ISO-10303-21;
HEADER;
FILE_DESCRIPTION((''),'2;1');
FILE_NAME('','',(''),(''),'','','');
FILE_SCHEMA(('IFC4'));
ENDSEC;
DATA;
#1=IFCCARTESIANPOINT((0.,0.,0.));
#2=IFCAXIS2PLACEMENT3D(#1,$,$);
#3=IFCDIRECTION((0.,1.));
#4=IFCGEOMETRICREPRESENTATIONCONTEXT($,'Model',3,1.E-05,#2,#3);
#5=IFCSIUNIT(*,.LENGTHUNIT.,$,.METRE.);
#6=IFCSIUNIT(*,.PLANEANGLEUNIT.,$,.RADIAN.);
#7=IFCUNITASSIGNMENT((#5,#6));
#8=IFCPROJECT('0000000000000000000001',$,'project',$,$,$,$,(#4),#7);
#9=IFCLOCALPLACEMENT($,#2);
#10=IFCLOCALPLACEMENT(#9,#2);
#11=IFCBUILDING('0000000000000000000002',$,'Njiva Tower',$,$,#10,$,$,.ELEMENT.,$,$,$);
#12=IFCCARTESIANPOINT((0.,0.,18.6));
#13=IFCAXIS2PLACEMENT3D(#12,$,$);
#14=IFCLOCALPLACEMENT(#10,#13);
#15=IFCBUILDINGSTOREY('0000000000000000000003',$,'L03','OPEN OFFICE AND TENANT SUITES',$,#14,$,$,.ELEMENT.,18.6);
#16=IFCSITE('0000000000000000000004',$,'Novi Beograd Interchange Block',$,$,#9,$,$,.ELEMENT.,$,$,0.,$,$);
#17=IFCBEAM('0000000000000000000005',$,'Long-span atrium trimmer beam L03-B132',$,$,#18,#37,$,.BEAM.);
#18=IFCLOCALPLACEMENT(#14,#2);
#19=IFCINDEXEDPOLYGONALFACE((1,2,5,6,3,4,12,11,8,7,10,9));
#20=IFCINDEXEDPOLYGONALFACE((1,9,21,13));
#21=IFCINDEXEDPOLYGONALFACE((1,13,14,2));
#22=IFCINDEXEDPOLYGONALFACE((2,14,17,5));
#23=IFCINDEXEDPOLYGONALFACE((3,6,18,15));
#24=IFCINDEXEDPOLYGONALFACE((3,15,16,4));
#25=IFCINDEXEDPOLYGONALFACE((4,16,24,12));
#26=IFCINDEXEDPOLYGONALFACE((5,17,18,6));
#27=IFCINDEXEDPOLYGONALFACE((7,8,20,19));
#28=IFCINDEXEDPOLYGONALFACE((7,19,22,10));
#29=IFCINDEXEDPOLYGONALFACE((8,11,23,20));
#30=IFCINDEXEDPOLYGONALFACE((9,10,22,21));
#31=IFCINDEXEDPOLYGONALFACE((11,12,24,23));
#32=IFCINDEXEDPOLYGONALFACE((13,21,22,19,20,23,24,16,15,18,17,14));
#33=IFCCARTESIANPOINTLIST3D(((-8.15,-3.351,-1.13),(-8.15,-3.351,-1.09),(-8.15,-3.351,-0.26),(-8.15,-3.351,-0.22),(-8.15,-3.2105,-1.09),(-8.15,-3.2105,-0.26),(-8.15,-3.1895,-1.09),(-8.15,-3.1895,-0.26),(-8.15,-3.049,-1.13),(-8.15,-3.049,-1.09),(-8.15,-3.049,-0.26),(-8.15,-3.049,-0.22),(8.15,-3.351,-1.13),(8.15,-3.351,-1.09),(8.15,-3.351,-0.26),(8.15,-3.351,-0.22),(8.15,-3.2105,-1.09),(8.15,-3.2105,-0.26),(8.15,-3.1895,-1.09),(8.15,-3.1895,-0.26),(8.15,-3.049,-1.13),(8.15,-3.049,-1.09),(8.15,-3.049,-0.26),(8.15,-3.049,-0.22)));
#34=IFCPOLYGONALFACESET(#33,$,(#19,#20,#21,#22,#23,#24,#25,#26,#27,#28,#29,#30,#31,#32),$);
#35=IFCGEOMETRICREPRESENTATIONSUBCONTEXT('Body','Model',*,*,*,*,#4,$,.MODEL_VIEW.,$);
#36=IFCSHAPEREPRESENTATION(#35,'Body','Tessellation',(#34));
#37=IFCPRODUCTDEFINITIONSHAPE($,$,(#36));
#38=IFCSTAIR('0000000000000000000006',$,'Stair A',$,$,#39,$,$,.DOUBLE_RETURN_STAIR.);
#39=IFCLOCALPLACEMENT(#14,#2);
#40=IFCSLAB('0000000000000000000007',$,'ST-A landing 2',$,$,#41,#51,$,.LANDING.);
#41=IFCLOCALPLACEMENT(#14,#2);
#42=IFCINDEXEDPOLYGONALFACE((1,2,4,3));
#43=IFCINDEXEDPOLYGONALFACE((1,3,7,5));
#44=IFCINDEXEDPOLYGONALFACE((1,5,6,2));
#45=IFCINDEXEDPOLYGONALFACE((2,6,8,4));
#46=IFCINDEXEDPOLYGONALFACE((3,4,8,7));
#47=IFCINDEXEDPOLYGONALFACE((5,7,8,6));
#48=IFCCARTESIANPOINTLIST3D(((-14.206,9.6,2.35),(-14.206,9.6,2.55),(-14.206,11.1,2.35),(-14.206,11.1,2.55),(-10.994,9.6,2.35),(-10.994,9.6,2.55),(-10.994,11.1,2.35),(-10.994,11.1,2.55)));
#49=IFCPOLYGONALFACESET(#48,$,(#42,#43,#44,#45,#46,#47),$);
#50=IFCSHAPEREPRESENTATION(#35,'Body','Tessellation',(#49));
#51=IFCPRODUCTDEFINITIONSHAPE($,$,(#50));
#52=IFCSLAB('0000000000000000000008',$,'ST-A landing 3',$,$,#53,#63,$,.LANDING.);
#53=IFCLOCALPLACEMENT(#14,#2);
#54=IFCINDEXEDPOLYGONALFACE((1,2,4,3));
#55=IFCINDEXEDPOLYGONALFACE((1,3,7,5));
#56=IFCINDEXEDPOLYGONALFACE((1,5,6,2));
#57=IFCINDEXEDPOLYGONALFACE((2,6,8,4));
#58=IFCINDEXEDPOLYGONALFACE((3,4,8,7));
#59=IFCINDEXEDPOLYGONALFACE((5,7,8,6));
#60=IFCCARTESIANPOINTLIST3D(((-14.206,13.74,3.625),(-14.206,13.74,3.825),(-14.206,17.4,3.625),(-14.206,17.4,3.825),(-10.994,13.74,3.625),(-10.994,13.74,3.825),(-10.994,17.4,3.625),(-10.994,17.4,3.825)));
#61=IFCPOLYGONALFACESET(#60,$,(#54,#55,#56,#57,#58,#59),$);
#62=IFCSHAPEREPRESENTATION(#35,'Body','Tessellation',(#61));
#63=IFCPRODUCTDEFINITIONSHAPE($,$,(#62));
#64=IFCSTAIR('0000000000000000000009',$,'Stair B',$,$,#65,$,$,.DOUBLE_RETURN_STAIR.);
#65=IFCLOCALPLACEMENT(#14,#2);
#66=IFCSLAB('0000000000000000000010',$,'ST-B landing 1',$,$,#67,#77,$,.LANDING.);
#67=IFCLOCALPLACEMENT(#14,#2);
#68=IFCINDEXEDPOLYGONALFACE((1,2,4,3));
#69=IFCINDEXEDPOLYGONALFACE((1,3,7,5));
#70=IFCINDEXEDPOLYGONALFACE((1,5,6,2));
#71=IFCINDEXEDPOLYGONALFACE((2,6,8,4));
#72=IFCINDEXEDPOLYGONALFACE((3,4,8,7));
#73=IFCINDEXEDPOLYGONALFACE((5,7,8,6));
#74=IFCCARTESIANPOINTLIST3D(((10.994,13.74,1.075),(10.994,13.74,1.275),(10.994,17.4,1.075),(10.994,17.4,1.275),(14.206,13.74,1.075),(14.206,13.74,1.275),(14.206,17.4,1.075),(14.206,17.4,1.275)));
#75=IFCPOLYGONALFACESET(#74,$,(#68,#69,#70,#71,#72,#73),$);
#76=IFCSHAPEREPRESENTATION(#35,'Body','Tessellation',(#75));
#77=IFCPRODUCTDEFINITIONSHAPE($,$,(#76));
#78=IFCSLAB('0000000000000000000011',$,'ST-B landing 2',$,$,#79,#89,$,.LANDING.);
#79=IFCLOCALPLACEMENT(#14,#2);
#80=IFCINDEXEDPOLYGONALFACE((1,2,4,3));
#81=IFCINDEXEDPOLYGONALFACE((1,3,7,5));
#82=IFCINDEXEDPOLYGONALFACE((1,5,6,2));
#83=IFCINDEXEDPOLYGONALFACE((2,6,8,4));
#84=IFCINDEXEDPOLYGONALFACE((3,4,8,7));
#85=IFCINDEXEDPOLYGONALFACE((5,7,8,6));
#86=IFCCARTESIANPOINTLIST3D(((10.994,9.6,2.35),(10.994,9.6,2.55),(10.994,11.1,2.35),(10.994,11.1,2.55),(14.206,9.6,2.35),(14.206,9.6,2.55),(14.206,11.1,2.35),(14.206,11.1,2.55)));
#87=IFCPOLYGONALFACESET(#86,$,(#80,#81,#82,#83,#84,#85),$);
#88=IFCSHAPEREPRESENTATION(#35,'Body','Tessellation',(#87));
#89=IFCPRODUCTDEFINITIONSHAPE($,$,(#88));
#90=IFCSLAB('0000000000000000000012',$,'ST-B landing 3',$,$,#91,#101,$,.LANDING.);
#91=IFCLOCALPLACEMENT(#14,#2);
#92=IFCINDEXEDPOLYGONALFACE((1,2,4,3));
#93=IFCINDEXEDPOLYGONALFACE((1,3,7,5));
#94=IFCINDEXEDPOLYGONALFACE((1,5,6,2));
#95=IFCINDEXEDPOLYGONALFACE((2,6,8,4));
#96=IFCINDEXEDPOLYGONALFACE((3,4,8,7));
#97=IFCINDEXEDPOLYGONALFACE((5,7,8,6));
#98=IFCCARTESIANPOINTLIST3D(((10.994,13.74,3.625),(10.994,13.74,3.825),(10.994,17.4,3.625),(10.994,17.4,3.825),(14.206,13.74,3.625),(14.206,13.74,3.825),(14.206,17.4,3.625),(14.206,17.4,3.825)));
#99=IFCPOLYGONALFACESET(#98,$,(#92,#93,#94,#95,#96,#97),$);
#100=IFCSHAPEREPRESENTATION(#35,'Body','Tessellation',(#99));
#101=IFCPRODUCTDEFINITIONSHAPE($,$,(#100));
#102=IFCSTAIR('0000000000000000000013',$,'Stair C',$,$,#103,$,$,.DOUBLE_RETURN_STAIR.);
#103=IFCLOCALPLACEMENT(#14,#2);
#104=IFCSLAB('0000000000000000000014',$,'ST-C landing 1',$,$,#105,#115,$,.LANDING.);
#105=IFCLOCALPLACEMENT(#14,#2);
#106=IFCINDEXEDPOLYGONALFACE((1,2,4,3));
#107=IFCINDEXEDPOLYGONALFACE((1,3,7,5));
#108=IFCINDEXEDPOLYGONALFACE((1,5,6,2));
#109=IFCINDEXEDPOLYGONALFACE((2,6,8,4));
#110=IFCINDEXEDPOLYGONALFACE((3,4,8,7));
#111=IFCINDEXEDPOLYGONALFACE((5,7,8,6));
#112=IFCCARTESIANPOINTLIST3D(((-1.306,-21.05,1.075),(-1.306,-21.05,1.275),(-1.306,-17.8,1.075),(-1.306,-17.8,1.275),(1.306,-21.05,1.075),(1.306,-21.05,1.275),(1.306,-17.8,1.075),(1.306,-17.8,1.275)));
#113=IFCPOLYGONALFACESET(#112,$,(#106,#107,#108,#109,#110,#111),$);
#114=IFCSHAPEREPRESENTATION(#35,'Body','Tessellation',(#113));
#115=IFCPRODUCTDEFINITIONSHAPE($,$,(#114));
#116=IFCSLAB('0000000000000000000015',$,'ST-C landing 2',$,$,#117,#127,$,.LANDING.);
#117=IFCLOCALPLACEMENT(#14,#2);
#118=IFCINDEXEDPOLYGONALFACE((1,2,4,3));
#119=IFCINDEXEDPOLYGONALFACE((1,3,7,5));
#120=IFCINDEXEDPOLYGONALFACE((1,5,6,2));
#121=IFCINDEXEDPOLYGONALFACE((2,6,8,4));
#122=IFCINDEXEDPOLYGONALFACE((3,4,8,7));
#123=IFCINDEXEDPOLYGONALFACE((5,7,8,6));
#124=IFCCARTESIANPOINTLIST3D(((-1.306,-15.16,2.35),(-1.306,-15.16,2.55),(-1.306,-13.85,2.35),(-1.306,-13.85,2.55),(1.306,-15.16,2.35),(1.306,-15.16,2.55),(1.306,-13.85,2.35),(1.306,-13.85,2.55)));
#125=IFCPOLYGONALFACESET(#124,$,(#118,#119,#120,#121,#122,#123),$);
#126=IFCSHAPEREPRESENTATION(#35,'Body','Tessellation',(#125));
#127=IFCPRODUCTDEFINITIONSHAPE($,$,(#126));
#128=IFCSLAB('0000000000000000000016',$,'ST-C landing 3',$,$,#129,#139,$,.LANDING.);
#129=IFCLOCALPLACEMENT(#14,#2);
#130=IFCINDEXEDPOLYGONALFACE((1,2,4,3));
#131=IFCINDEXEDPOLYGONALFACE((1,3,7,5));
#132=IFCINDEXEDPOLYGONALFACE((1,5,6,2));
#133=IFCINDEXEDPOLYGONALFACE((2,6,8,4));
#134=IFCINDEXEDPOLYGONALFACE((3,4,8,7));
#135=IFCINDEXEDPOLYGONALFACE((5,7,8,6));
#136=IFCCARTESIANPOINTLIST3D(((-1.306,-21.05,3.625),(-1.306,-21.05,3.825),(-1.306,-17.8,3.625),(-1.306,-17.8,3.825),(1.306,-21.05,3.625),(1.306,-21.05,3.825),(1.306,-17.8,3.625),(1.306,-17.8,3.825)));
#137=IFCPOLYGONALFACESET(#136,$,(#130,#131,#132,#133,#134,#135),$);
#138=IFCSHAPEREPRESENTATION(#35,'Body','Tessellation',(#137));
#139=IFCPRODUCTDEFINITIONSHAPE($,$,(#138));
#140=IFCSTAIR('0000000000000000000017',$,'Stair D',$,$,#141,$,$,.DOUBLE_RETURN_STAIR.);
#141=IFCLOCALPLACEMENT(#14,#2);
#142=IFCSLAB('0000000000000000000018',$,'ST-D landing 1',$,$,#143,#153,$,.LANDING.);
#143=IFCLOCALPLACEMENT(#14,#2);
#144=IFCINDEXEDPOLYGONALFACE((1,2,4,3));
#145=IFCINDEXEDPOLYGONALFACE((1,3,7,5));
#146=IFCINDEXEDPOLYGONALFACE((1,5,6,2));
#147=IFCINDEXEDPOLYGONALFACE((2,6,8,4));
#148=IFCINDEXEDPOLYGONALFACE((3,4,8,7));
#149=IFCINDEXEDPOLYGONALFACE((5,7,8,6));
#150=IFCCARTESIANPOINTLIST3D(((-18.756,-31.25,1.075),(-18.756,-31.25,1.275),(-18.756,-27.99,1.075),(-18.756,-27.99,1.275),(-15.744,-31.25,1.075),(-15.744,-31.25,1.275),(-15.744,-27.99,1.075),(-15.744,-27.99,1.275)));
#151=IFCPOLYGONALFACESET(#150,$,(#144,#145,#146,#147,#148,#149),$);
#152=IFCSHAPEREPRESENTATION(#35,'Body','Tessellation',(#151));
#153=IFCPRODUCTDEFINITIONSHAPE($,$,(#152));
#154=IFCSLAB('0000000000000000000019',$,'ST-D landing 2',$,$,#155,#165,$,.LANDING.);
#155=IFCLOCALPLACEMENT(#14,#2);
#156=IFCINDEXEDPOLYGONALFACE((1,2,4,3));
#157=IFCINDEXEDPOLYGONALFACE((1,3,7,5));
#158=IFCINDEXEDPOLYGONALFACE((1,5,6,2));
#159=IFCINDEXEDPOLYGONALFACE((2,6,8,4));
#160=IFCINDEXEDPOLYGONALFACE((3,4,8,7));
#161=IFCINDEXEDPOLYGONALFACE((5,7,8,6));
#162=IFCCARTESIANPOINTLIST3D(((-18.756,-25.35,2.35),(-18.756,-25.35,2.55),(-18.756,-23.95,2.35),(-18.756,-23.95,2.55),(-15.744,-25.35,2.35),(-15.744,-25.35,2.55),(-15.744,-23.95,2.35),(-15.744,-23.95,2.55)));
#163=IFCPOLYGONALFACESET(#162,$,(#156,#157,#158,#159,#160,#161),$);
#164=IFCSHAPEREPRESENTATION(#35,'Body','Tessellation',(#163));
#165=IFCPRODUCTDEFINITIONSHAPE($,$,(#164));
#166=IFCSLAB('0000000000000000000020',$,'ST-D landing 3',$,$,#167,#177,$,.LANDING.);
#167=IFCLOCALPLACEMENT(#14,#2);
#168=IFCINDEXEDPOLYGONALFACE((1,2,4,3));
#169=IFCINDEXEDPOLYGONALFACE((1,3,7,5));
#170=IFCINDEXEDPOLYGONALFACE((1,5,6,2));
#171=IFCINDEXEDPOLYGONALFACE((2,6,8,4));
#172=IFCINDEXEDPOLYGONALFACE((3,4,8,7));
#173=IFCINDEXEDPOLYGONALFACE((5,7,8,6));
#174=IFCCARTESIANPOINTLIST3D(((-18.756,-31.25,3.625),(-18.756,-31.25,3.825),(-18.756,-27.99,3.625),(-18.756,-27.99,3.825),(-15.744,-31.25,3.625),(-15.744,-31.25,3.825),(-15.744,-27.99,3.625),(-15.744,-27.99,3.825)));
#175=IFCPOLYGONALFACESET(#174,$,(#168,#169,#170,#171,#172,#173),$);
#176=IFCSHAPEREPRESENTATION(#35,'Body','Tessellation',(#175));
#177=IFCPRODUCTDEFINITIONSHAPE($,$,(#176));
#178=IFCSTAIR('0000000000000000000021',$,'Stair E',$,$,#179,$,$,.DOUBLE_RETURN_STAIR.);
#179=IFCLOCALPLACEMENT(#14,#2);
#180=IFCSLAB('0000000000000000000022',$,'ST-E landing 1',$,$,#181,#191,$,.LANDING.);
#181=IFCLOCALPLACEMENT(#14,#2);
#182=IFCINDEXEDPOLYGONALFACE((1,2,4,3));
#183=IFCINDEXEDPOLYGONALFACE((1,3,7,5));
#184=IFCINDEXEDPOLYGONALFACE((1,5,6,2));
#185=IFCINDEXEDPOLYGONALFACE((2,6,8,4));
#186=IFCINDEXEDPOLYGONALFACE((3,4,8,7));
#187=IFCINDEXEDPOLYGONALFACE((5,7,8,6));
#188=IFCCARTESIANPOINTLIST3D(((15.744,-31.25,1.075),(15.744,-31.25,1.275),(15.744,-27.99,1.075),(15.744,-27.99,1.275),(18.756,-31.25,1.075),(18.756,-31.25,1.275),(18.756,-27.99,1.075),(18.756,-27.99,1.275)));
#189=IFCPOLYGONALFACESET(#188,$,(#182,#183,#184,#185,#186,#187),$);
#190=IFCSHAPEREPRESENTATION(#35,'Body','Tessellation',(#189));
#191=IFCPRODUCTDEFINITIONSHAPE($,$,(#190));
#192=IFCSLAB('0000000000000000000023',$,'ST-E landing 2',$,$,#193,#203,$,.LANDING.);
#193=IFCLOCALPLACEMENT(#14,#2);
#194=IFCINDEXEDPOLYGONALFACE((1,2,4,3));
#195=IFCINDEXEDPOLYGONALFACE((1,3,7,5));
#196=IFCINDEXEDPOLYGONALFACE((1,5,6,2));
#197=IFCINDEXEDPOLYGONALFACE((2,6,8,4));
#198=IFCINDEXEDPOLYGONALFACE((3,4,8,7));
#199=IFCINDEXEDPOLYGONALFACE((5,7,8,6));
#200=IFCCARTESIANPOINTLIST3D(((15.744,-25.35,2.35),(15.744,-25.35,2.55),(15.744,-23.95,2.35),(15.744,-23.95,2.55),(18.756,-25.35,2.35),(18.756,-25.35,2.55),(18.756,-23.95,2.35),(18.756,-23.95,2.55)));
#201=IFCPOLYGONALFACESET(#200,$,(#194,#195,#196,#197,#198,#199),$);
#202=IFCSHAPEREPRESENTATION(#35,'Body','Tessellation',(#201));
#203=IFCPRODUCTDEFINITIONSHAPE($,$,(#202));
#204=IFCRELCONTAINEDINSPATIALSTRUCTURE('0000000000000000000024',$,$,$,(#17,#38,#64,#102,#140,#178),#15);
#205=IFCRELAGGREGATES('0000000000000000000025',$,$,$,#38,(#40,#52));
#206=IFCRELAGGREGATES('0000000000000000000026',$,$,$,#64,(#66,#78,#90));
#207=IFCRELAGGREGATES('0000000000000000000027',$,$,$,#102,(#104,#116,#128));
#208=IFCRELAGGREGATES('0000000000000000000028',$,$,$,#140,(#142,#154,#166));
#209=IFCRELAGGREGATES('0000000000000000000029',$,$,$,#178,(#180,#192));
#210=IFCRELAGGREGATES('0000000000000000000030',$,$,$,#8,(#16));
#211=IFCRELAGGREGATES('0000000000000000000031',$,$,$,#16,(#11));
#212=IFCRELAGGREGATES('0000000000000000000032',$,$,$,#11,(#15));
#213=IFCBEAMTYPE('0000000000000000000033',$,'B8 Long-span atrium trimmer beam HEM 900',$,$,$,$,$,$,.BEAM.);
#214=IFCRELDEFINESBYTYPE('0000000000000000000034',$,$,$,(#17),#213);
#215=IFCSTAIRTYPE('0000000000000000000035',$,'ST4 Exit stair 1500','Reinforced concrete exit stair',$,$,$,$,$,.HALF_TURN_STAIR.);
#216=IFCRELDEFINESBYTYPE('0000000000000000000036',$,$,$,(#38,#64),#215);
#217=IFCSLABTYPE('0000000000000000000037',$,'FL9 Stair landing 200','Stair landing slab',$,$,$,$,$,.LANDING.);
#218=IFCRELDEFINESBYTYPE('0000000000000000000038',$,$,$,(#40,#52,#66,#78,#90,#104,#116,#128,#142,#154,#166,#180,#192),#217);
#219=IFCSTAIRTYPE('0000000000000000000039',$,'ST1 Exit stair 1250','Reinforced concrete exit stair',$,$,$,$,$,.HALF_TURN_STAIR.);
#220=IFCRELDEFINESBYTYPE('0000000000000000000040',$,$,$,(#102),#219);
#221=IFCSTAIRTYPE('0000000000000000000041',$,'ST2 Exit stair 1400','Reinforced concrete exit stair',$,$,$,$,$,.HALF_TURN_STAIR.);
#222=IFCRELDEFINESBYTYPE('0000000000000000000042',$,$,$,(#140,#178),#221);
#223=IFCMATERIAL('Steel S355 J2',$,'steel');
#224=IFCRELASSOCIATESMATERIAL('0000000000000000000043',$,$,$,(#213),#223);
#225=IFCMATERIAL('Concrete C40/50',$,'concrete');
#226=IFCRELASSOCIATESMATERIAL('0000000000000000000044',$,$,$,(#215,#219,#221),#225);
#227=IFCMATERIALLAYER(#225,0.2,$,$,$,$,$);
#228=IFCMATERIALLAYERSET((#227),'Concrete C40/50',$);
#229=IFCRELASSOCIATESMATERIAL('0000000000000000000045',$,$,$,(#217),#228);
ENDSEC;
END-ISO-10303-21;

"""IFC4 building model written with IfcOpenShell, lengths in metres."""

from ifc_helpers import new_model, si_unit, direction, frame, origin, origin_2d, place, context, subcontext, project, spatial, polyline, i_section, outline, extrude, material, layer, layer_set, material_profile, profile_set, type_object, element, aggregate, save


model = new_model("IFC4")

# Units and contexts
model_context = context("Model", 3, precision=1e-05, world=origin(), true_north=direction((0.0, 1.0)))
body_context = subcontext(model_context, "Body", "Model", "MODEL_VIEW")
ifc_project = project(units=[si_unit("LENGTHUNIT", "METRE"), si_unit("PLANEANGLEUNIT", "RADIAN")], contexts=[model_context])

# Site, building, storey
site_placement = place(None, origin())
site = spatial("IfcSite", under=ifc_project, at=site_placement, Name="Novi Beograd Interchange Block", CompositionType="ELEMENT", RefElevation=0.0)
building_placement = place(site_placement, origin())
building = spatial("IfcBuilding", under=site, at=building_placement, Name="Njiva Tower", CompositionType="ELEMENT")
storey_placement = place(building_placement, frame((0.0, 0.0, 18.6)))
storey = spatial("IfcBuildingStorey", under=building, at=storey_placement, Name="L03", Description="OPEN OFFICE AND TENANT SUITES", CompositionType="ELEMENT", Elevation=18.6)

# Shared definitions
ifc_material_1 = material(Name="Steel S355 J2", Category="steel")

# Beam
ifc_material_profile_1 = material_profile(ifc_material_1, i_section(OverallWidth=0.302, OverallDepth=0.91, WebThickness=0.021, FlangeThickness=0.04, at=origin_2d()), Name="HEM 900")
ifc_profile_set_1 = profile_set([ifc_material_profile_1], Name="Steel S355 J2")
beam_type_1 = type_object("IfcBeamType", Name="B8 Long-span atrium trimmer beam HEM 900", PredefinedType="BEAM", material=ifc_profile_set_1)
beam_1_placement = place(storey_placement, frame((8.15, -3.2, -0.675), z_axis=(-1.0, 0.0, 0.0), x_axis=(0.0, -1.0, 0.0)))
element("IfcBeam", 1, at=beam_1_placement, inside=storey, type_object=beam_type_1, Name="Long-span atrium trimmer beam L03-B132", PredefinedType="BEAM", context=body_context, shape_type="SweptSolid", body=[
    extrude(i_section(OverallWidth=0.302, OverallDepth=0.91, WebThickness=0.021, FlangeThickness=0.04, at=origin_2d()), origin(), (0.0, 0.0, 1.0), 16.3),
])

# Stairs, slabs
ifc_material_2 = material(Name="Concrete C40/50", Category="concrete")
stair_type_1 = type_object("IfcStairType", Name="ST4 Exit stair 1500", Description="Reinforced concrete exit stair", PredefinedType="HALF_TURN_STAIR", material=ifc_material_2)
stair_1_placement = place(storey_placement, origin())
stair_1 = element("IfcStair", 2, at=stair_1_placement, inside=storey, type_object=stair_type_1, Name="Stair A", PredefinedType="DOUBLE_RETURN_STAIR")
ifc_layer_1 = layer(ifc_material_2, 0.2)
ifc_layer_set_1 = layer_set([ifc_layer_1], Name="Concrete C40/50")
slab_type = type_object("IfcSlabType", Name="FL9 Stair landing 200", Description="Stair landing slab", PredefinedType="LANDING", material=ifc_layer_set_1)
slab_1_placement = place(storey_placement, frame((0.0, 0.0, 2.35)))
slab_1 = element("IfcSlab", 3, at=slab_1_placement, type_object=slab_type, Name="ST-A landing 2", PredefinedType="LANDING", context=body_context, shape_type="SweptSolid", body=[
    extrude(outline(polyline([(-14.206, 9.6), (-10.994, 9.6), (-10.994, 11.1), (-14.206, 11.1), (-14.206, 9.6)])), origin(), (0.0, 0.0, 1.0), 0.2),
])
slab_2_placement = place(storey_placement, frame((0.0, 0.0, 3.625)))
slab_2 = element("IfcSlab", 4, at=slab_2_placement, type_object=slab_type, Name="ST-A landing 3", PredefinedType="LANDING", context=body_context, shape_type="SweptSolid", body=[
    extrude(outline(polyline([(-14.206, 13.74), (-10.994, 13.74), (-10.994, 17.4), (-14.206, 17.4), (-14.206, 13.74)])), origin(), (0.0, 0.0, 1.0), 0.2),
])
aggregate(stair_1, [slab_1, slab_2])
stair_2_placement = place(storey_placement, origin())
stair_2 = element("IfcStair", 5, at=stair_2_placement, inside=storey, type_object=stair_type_1, Name="Stair B", PredefinedType="DOUBLE_RETURN_STAIR")
slab_3_placement = place(storey_placement, frame((0.0, 0.0, 1.075)))
slab_3 = element("IfcSlab", 6, at=slab_3_placement, type_object=slab_type, Name="ST-B landing 1", PredefinedType="LANDING", context=body_context, shape_type="SweptSolid", body=[
    extrude(outline(polyline([(10.994, 13.74), (14.206, 13.74), (14.206, 17.4), (10.994, 17.4), (10.994, 13.74)])), origin(), (0.0, 0.0, 1.0), 0.2),
])
slab_4_placement = place(storey_placement, frame((0.0, 0.0, 2.35)))
slab_4 = element("IfcSlab", 7, at=slab_4_placement, type_object=slab_type, Name="ST-B landing 2", PredefinedType="LANDING", context=body_context, shape_type="SweptSolid", body=[
    extrude(outline(polyline([(10.994, 9.6), (14.206, 9.6), (14.206, 11.1), (10.994, 11.1), (10.994, 9.6)])), origin(), (0.0, 0.0, 1.0), 0.2),
])
slab_5_placement = place(storey_placement, frame((0.0, 0.0, 3.625)))
slab_5 = element("IfcSlab", 8, at=slab_5_placement, type_object=slab_type, Name="ST-B landing 3", PredefinedType="LANDING", context=body_context, shape_type="SweptSolid", body=[
    extrude(outline(polyline([(10.994, 13.74), (14.206, 13.74), (14.206, 17.4), (10.994, 17.4), (10.994, 13.74)])), origin(), (0.0, 0.0, 1.0), 0.2),
])
aggregate(stair_2, [slab_3, slab_4, slab_5])
stair_type_2 = type_object("IfcStairType", Name="ST1 Exit stair 1250", Description="Reinforced concrete exit stair", PredefinedType="HALF_TURN_STAIR", material=ifc_material_2)
stair_3_placement = place(storey_placement, origin())
stair_3 = element("IfcStair", 9, at=stair_3_placement, inside=storey, type_object=stair_type_2, Name="Stair C", PredefinedType="DOUBLE_RETURN_STAIR")
slab_6_placement = place(storey_placement, frame((0.0, 0.0, 1.075)))
slab_6 = element("IfcSlab", 10, at=slab_6_placement, type_object=slab_type, Name="ST-C landing 1", PredefinedType="LANDING", context=body_context, shape_type="SweptSolid", body=[
    extrude(outline(polyline([(-1.306, -21.05), (1.306, -21.05), (1.306, -17.8), (-1.306, -17.8), (-1.306, -21.05)])), origin(), (0.0, 0.0, 1.0), 0.2),
])
slab_7_placement = place(storey_placement, frame((0.0, 0.0, 2.35)))
slab_7 = element("IfcSlab", 11, at=slab_7_placement, type_object=slab_type, Name="ST-C landing 2", PredefinedType="LANDING", context=body_context, shape_type="SweptSolid", body=[
    extrude(outline(polyline([(-1.306, -15.16), (1.306, -15.16), (1.306, -13.85), (-1.306, -13.85), (-1.306, -15.16)])), origin(), (0.0, 0.0, 1.0), 0.2),
])
slab_8_placement = place(storey_placement, frame((0.0, 0.0, 3.625)))
slab_8 = element("IfcSlab", 12, at=slab_8_placement, type_object=slab_type, Name="ST-C landing 3", PredefinedType="LANDING", context=body_context, shape_type="SweptSolid", body=[
    extrude(outline(polyline([(-1.306, -21.05), (1.306, -21.05), (1.306, -17.8), (-1.306, -17.8), (-1.306, -21.05)])), origin(), (0.0, 0.0, 1.0), 0.2),
])
aggregate(stair_3, [slab_6, slab_7, slab_8])
stair_type_3 = type_object("IfcStairType", Name="ST2 Exit stair 1400", Description="Reinforced concrete exit stair", PredefinedType="HALF_TURN_STAIR", material=ifc_material_2)
stair_4_placement = place(storey_placement, origin())
stair_4 = element("IfcStair", 13, at=stair_4_placement, inside=storey, type_object=stair_type_3, Name="Stair D", PredefinedType="DOUBLE_RETURN_STAIR")
slab_9_placement = place(storey_placement, frame((0.0, 0.0, 1.075)))
slab_9 = element("IfcSlab", 14, at=slab_9_placement, type_object=slab_type, Name="ST-D landing 1", PredefinedType="LANDING", context=body_context, shape_type="SweptSolid", body=[
    extrude(outline(polyline([(-18.756, -31.25), (-15.744, -31.25), (-15.744, -27.99), (-18.756, -27.99), (-18.756, -31.25)])), origin(), (0.0, 0.0, 1.0), 0.2),
])
slab_10_placement = place(storey_placement, frame((0.0, 0.0, 2.35)))
slab_10 = element("IfcSlab", 15, at=slab_10_placement, type_object=slab_type, Name="ST-D landing 2", PredefinedType="LANDING", context=body_context, shape_type="SweptSolid", body=[
    extrude(outline(polyline([(-18.756, -25.35), (-15.744, -25.35), (-15.744, -23.95), (-18.756, -23.95), (-18.756, -25.35)])), origin(), (0.0, 0.0, 1.0), 0.2),
])
slab_11_placement = place(storey_placement, frame((0.0, 0.0, 3.625)))
slab_11 = element("IfcSlab", 16, at=slab_11_placement, type_object=slab_type, Name="ST-D landing 3", PredefinedType="LANDING", context=body_context, shape_type="SweptSolid", body=[
    extrude(outline(polyline([(-18.756, -31.25), (-15.744, -31.25), (-15.744, -27.99), (-18.756, -27.99), (-18.756, -31.25)])), origin(), (0.0, 0.0, 1.0), 0.2),
])
aggregate(stair_4, [slab_9, slab_10, slab_11])
stair_5_placement = place(storey_placement, origin())
stair_5 = element("IfcStair", 17, at=stair_5_placement, inside=storey, type_object=stair_type_3, Name="Stair E", PredefinedType="DOUBLE_RETURN_STAIR")
slab_12_placement = place(storey_placement, frame((0.0, 0.0, 1.075)))
slab_12 = element("IfcSlab", 18, at=slab_12_placement, type_object=slab_type, Name="ST-E landing 1", PredefinedType="LANDING", context=body_context, shape_type="SweptSolid", body=[
    extrude(outline(polyline([(15.744, -31.25), (18.756, -31.25), (18.756, -27.99), (15.744, -27.99), (15.744, -31.25)])), origin(), (0.0, 0.0, 1.0), 0.2),
])
slab_13_placement = place(storey_placement, frame((0.0, 0.0, 2.35)))
slab_13 = element("IfcSlab", 19, at=slab_13_placement, type_object=slab_type, Name="ST-E landing 2", PredefinedType="LANDING", context=body_context, shape_type="SweptSolid", body=[
    extrude(outline(polyline([(15.744, -25.35), (18.756, -25.35), (18.756, -23.95), (15.744, -23.95), (15.744, -25.35)])), origin(), (0.0, 0.0, 1.0), 0.2),
])
aggregate(stair_5, [slab_12, slab_13])

save(model, "model.ifc")
